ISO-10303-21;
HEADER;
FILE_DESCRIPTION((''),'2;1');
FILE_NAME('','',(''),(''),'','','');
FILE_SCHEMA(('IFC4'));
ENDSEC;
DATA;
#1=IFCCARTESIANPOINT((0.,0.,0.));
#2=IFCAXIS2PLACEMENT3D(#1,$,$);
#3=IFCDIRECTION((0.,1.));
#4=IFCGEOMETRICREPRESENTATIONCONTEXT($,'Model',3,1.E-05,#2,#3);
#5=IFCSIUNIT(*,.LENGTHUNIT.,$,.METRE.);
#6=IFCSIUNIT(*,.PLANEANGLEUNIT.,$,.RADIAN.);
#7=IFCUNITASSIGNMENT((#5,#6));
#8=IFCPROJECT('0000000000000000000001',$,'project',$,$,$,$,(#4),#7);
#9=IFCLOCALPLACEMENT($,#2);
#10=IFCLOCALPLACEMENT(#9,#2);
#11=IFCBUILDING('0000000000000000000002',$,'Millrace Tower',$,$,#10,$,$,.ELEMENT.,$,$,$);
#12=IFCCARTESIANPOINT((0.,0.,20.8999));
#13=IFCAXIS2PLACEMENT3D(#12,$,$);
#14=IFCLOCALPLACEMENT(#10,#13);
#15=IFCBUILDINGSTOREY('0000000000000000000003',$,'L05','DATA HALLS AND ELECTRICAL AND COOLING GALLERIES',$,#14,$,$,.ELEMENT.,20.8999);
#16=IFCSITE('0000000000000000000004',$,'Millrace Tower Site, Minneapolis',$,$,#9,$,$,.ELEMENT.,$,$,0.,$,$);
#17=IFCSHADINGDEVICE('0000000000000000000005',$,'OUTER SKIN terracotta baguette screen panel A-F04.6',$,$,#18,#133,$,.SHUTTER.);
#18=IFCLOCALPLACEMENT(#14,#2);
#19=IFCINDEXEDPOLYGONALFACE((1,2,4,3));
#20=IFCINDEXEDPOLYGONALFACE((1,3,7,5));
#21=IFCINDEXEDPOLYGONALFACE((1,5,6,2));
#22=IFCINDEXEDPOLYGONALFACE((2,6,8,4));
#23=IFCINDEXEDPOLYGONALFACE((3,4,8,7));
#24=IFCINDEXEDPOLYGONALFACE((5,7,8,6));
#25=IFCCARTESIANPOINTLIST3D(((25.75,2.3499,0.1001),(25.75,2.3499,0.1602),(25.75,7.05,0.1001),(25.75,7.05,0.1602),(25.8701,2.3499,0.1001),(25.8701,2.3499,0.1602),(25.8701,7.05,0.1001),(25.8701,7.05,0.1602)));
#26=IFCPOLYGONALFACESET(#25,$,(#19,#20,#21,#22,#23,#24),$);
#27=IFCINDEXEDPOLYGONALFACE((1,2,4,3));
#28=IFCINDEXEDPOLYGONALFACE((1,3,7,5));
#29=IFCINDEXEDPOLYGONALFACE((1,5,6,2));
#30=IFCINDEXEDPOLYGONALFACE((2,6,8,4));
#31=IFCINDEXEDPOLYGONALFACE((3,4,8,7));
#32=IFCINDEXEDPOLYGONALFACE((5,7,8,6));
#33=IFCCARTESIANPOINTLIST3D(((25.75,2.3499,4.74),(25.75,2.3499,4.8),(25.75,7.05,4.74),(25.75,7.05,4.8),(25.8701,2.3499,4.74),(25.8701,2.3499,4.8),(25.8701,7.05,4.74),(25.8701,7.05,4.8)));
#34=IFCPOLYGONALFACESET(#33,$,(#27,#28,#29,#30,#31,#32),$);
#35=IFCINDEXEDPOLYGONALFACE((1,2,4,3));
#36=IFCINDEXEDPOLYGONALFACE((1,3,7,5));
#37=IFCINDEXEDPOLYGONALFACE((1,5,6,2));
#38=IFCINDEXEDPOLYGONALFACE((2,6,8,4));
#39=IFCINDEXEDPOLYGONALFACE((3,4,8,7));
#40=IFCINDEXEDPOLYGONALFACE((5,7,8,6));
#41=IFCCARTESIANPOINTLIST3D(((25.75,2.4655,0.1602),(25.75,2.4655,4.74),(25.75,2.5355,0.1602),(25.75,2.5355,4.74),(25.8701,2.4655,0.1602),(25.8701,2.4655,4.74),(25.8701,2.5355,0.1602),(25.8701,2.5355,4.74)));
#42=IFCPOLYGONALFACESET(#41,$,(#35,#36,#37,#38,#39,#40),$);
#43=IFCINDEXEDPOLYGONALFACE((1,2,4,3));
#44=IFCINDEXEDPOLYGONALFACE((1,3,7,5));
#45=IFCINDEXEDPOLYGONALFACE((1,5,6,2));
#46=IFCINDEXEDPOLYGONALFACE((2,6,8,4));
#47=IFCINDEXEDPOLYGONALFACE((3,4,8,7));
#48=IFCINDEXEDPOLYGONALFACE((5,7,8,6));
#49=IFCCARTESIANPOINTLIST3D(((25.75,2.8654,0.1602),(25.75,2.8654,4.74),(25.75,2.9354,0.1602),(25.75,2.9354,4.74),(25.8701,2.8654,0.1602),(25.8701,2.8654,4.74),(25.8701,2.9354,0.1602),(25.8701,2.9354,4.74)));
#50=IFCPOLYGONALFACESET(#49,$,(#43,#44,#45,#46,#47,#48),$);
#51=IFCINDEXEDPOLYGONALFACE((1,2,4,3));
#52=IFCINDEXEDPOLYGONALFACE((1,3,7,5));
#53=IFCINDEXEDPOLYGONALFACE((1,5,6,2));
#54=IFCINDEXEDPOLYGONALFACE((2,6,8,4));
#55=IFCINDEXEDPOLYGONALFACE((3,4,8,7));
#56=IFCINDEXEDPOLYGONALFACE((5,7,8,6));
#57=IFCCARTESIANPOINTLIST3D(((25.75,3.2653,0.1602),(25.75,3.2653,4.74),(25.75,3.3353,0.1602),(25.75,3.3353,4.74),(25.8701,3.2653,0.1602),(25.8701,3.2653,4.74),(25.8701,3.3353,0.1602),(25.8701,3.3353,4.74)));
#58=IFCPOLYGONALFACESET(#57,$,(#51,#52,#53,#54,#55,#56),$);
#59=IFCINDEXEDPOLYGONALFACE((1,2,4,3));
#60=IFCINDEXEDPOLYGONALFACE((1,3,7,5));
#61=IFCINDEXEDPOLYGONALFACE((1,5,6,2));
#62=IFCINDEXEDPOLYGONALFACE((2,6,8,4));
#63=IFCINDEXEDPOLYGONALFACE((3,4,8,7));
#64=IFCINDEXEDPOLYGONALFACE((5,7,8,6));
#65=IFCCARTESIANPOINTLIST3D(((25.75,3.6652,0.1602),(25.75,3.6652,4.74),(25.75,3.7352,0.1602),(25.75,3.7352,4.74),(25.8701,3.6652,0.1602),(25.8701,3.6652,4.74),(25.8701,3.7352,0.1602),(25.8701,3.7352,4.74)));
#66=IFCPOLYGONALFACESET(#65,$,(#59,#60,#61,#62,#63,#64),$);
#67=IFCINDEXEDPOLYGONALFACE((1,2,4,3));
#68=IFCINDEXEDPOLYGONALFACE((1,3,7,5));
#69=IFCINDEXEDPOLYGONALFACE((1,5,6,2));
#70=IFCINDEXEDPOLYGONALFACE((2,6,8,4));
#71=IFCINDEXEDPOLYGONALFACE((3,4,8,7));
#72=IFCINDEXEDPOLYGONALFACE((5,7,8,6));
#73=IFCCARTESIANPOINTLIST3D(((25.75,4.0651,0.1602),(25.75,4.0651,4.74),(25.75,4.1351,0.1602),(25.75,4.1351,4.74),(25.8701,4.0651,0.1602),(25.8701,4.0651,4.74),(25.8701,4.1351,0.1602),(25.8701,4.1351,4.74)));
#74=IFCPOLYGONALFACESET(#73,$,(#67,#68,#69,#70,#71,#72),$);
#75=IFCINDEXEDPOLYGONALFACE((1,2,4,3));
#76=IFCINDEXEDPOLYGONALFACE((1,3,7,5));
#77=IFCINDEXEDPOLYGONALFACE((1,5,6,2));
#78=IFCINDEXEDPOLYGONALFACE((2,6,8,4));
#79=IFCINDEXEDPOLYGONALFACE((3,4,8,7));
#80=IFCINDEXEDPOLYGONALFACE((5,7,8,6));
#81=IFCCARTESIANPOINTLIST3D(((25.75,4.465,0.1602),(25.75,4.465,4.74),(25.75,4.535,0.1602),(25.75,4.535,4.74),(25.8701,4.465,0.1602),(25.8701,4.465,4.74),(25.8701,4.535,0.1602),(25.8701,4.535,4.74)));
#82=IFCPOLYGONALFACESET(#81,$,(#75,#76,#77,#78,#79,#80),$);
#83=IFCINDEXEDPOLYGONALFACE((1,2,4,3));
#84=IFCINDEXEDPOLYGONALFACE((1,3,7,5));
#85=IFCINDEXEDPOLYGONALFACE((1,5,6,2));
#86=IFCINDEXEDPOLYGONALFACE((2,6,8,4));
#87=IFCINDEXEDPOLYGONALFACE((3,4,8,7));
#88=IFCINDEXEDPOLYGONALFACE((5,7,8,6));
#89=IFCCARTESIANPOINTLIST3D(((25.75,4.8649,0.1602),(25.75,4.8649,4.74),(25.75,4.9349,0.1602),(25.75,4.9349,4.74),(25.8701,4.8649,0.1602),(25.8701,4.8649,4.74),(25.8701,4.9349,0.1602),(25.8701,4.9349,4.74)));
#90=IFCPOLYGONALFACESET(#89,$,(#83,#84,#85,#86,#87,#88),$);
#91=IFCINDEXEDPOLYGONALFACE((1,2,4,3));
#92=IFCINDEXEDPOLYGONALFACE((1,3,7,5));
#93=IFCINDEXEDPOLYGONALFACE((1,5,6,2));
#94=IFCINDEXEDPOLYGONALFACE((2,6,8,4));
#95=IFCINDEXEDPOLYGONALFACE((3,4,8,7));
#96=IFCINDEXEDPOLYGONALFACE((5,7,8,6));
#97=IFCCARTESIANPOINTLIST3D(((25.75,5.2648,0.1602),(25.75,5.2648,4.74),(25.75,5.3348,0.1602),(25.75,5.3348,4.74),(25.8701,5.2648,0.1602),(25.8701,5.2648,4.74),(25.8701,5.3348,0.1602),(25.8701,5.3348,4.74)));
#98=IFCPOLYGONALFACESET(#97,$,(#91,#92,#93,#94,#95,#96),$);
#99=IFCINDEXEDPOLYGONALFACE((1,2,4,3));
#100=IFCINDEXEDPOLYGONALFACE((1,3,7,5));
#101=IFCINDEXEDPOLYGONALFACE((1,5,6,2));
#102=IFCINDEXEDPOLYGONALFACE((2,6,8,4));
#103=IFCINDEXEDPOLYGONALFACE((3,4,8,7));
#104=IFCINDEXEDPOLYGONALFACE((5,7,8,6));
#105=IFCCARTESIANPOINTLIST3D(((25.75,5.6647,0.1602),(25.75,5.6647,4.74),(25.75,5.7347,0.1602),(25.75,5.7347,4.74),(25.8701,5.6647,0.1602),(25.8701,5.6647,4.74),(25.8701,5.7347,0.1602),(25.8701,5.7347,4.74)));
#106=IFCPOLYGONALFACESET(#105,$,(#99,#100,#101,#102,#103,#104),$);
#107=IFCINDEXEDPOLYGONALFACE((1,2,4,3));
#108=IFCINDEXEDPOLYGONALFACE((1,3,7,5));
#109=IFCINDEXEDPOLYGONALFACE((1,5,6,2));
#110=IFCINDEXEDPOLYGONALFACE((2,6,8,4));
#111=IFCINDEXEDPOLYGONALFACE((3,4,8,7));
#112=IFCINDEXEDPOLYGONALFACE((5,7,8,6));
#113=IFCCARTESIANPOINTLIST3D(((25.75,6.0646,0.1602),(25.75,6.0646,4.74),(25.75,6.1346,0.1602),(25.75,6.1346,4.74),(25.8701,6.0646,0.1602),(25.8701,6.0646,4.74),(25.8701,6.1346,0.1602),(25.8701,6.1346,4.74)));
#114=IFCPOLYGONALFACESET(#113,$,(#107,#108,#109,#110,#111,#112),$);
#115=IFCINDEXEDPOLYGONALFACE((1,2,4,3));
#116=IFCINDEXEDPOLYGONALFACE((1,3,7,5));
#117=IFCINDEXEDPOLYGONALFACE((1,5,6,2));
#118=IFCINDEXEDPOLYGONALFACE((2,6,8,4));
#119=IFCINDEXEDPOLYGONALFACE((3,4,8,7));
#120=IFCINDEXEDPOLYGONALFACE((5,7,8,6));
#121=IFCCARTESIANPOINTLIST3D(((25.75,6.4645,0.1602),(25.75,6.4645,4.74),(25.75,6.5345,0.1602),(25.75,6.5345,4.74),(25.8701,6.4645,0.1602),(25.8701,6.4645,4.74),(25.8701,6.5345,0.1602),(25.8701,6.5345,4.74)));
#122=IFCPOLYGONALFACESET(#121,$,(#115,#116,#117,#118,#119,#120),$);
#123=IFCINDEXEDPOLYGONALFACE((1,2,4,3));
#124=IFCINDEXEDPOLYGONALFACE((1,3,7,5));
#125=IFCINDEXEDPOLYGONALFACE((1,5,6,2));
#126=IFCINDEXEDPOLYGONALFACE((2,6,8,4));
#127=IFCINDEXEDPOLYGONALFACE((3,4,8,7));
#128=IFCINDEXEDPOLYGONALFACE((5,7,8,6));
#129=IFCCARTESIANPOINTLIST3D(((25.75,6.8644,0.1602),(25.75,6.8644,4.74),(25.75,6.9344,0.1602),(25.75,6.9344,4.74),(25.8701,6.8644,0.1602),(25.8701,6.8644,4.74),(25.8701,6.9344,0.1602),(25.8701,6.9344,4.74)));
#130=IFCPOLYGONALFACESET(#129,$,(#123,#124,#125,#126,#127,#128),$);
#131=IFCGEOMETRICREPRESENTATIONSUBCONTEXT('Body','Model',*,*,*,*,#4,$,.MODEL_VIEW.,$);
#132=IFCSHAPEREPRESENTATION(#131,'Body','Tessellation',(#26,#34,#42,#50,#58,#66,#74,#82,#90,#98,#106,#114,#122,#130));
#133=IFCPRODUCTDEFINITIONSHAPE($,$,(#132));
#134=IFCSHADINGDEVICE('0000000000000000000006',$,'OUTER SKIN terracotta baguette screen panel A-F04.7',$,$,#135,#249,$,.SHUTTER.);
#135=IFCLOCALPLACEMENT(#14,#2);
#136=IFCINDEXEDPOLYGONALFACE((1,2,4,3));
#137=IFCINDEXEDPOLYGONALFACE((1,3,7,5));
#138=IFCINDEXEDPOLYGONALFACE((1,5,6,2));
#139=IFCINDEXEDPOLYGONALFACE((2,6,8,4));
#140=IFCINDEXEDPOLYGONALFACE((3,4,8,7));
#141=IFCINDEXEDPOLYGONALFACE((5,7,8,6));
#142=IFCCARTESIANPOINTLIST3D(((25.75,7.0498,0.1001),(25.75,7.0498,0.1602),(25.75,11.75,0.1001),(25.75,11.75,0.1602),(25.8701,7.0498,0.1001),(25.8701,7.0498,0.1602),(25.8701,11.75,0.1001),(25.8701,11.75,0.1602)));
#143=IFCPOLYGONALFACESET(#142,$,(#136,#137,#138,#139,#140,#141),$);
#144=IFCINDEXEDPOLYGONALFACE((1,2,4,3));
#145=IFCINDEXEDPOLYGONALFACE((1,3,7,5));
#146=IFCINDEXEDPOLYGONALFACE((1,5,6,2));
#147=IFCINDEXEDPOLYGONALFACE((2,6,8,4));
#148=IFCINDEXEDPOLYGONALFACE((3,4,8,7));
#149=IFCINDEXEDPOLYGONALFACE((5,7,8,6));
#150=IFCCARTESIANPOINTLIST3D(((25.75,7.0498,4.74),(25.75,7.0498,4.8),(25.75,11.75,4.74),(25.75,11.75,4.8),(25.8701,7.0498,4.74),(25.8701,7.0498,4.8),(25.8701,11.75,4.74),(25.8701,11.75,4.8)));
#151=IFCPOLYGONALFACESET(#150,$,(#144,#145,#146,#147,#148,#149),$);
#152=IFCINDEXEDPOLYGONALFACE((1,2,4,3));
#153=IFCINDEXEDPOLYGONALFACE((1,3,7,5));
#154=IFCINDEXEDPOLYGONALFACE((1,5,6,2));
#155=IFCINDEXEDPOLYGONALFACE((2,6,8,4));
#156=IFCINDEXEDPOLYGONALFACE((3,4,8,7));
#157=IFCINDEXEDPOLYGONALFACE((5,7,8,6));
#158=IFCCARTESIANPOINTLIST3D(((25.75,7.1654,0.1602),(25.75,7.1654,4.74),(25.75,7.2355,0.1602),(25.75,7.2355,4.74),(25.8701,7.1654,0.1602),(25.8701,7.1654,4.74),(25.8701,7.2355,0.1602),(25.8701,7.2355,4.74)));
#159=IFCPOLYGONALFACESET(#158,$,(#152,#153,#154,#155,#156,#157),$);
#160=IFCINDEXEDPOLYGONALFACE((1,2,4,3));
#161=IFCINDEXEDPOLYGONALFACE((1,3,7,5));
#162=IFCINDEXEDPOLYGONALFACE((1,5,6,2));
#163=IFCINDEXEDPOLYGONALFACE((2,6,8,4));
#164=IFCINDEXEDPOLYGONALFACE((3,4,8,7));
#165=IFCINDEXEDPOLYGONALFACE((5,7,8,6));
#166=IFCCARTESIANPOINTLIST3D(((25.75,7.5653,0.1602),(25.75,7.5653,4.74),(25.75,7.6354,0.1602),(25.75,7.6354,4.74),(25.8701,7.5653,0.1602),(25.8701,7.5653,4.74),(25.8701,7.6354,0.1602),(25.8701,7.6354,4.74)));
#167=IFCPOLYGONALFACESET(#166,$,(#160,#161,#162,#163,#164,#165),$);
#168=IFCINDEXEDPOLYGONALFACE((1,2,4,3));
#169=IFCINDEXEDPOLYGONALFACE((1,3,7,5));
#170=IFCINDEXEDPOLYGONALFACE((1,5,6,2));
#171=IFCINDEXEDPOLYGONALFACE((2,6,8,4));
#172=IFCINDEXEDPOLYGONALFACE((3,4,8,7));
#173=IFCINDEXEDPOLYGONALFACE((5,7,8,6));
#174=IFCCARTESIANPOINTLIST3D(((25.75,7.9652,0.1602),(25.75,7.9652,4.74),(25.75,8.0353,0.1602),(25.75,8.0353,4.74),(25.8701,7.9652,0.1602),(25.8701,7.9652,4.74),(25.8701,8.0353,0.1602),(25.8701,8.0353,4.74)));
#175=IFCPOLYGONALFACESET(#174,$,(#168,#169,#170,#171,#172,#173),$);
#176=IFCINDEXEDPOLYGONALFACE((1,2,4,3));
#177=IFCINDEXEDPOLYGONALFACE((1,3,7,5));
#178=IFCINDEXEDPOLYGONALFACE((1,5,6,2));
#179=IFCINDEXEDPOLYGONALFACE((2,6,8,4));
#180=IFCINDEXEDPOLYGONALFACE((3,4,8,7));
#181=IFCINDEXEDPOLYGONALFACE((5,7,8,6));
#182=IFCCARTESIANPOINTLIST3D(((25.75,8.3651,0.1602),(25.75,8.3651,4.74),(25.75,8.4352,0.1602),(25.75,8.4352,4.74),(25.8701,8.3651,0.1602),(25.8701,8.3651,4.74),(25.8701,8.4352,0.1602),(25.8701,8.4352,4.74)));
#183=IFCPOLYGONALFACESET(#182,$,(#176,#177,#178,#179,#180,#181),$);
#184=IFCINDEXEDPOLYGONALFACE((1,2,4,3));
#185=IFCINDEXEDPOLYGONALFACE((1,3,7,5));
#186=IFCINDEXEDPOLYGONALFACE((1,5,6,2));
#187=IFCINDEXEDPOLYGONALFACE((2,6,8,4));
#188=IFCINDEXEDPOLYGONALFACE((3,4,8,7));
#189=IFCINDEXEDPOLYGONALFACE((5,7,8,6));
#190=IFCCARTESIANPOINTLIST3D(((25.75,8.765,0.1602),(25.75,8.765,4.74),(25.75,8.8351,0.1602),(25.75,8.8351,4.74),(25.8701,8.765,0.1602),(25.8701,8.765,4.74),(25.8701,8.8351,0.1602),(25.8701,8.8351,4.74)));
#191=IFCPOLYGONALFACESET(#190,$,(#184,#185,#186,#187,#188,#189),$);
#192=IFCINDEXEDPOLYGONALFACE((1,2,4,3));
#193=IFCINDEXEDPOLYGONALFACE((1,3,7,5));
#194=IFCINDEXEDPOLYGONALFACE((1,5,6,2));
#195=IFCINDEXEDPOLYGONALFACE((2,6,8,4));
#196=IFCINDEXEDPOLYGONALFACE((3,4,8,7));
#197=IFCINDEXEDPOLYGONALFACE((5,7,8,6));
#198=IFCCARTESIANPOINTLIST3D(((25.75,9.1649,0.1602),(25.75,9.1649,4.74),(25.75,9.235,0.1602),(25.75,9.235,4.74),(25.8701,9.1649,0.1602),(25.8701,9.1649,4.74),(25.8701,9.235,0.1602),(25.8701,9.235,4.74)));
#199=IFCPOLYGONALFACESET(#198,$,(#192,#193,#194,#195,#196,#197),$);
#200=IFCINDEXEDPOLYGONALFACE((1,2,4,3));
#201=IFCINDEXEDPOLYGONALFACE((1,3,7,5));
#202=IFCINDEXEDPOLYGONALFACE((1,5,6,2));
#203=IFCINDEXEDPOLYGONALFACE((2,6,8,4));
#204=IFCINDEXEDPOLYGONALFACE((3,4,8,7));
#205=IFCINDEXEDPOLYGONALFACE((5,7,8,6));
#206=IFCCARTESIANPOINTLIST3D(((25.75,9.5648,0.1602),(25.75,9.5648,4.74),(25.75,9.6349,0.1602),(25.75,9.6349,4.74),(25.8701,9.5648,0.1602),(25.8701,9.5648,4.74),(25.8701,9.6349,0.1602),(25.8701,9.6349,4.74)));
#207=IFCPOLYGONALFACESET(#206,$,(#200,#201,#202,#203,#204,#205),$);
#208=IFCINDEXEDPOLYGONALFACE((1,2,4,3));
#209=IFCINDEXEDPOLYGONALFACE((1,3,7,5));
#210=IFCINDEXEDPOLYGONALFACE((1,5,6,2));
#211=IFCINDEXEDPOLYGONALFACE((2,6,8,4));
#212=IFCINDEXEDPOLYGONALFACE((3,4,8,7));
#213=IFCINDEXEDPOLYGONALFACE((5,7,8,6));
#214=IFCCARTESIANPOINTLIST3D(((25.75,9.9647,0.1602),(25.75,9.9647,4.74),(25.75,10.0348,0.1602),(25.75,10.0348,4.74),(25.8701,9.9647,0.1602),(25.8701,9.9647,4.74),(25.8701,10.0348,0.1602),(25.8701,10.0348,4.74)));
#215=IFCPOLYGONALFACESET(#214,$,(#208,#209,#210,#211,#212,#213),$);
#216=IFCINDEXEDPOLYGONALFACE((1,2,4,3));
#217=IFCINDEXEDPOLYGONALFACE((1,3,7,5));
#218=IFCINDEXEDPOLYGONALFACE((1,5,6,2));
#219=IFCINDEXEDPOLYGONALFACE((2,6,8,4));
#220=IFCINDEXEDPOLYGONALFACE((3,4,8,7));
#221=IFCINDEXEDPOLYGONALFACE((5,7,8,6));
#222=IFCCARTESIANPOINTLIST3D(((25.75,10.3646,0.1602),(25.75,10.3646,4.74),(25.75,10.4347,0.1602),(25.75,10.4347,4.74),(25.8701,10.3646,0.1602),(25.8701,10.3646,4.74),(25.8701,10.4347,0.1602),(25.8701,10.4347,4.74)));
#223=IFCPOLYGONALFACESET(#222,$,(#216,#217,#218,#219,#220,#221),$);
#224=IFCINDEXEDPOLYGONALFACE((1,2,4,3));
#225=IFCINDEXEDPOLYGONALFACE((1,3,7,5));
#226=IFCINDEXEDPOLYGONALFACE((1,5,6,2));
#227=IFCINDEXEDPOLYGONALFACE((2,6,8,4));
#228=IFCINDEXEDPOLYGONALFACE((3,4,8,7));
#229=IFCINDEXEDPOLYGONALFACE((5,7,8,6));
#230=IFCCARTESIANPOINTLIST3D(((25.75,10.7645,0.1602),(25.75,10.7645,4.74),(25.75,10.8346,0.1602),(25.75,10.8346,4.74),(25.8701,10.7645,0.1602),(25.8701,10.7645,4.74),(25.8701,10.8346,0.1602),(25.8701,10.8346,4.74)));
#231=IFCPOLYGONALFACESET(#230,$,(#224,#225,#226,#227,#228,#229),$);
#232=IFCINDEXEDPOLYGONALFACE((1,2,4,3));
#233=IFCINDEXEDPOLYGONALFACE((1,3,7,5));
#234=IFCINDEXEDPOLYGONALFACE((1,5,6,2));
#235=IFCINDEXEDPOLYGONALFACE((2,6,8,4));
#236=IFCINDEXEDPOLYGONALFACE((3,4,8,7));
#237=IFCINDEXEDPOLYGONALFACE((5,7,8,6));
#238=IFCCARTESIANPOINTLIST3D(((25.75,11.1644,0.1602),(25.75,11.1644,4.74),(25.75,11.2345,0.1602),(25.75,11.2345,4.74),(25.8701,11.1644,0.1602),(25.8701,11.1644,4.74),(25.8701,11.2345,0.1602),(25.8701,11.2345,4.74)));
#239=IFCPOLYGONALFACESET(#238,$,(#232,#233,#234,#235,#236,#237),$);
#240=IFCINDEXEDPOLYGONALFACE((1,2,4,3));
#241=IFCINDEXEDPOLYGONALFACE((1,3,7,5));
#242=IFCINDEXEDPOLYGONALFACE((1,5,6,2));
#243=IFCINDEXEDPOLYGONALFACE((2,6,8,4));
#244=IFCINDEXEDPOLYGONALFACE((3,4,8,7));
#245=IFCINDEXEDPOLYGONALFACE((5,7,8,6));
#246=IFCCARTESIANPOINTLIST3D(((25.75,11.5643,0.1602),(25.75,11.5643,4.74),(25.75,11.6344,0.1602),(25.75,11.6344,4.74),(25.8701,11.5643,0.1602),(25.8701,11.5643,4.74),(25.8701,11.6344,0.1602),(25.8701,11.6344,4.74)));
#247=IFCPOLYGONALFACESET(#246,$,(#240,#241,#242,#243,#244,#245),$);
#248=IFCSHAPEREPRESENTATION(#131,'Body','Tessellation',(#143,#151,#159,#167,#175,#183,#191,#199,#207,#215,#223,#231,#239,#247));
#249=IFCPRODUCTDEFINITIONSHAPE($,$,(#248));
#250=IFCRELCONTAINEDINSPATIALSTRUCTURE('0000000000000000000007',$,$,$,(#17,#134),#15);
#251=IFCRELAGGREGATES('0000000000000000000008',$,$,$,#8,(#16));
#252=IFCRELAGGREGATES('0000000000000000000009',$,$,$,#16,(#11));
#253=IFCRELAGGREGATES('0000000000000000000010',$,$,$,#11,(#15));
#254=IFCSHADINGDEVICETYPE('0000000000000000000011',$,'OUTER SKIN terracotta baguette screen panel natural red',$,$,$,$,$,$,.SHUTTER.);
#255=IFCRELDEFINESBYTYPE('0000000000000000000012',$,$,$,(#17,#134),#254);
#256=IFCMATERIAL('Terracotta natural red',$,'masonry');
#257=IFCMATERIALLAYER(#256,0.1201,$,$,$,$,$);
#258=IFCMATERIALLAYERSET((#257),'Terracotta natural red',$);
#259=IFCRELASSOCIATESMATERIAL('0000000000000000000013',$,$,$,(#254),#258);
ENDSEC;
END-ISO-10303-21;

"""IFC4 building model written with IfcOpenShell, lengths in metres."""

from ifc_helpers import new_model, entity, si_unit, direction, frame, frame_2d, origin, place, context, subcontext, project, spatial, rectangle, extrude, source, transform, mapped, material, layer, layer_set, type_object, element, save


model = new_model("IFC4")

# Units and contexts
model_context = context("Model", 3, precision=1e-05, world=origin(), true_north=direction((0.0, 1.0)))
body_context = subcontext(model_context, "Body", "Model", "MODEL_VIEW")
ifc_project = project(units=[si_unit("LENGTHUNIT", "METRE"), si_unit("PLANEANGLEUNIT", "RADIAN")], contexts=[model_context])

# Site, building, storey
site_placement = place(None, origin())
site = spatial("IfcSite", under=ifc_project, at=site_placement, Name="Millrace Tower Site, Minneapolis", CompositionType="ELEMENT", RefElevation=0.0)
building_placement = place(site_placement, origin())
building = spatial("IfcBuilding", under=site, at=building_placement, Name="Millrace Tower", CompositionType="ELEMENT")
storey_placement = place(building_placement, frame((0.0, 0.0, 20.8999)))
storey = spatial("IfcBuildingStorey", under=building, at=storey_placement, Name="L05", Description="DATA HALLS AND ELECTRICAL AND COOLING GALLERIES", CompositionType="ELEMENT", Elevation=20.8999)

# Shading devices
cartesian_point = entity("IfcCartesianPoint", [-2.3501, 0.0601])
shared_polyline = entity("IfcPolyline", [cartesian_point, entity("IfcCartesianPoint", [2.3501, 0.0601]), entity("IfcCartesianPoint", [2.3501, -0.0601]), entity("IfcCartesianPoint", [-2.3501, -0.0601]), cartesian_point])
ifc_material_1 = material(Name="Terracotta natural red", Category="masonry")
ifc_layer_1 = layer(ifc_material_1, 0.1201)
ifc_layer_set_1 = layer_set([ifc_layer_1], Name="Terracotta natural red")
shading_device_type_1 = type_object("IfcShadingDeviceType", Name="OUTER SKIN terracotta baguette screen panel natural red", PredefinedType="SHUTTER", material=ifc_layer_set_1)
shared_shape_1 = source(origin(), body_context, "Body", "SweptSolid", [
    entity("IfcExtrudedAreaSolid", entity("IfcArbitraryClosedProfileDef", "AREA", None, shared_polyline), entity("IfcAxis2Placement3D", entity("IfcCartesianPoint", [0.0, 0.0, 0.0])), entity("IfcDirection", [0.0, 0.0, 1.0]), 0.0601),
    entity("IfcExtrudedAreaSolid", entity("IfcArbitraryClosedProfileDef", "AREA", None, shared_polyline), entity("IfcAxis2Placement3D", entity("IfcCartesianPoint", [0.0, 0.0, 4.6399])), entity("IfcDirection", [0.0, 0.0, 1.0]), 0.0601),
    extrude(rectangle(XDim=0.0701, YDim=0.1201, at=frame_2d((-2.1995, 0.0))), frame((0.0, 0.0, 0.0601)), (0.0, 0.0, 1.0), 4.5798),
    extrude(rectangle(XDim=0.0701, YDim=0.1201, at=frame_2d((-1.7996, 0.0))), frame((0.0, 0.0, 0.0601)), (0.0, 0.0, 1.0), 4.5798),
    extrude(rectangle(XDim=0.0701, YDim=0.1201, at=frame_2d((-1.3997, 0.0))), frame((0.0, 0.0, 0.0601)), (0.0, 0.0, 1.0), 4.5798),
    extrude(rectangle(XDim=0.0701, YDim=0.1201, at=frame_2d((-0.9998, 0.0))), frame((0.0, 0.0, 0.0601)), (0.0, 0.0, 1.0), 4.5798),
    extrude(rectangle(XDim=0.0701, YDim=0.1201, at=frame_2d((-0.5999, 0.0))), frame((0.0, 0.0, 0.0601)), (0.0, 0.0, 1.0), 4.5798),
    extrude(rectangle(XDim=0.0701, YDim=0.1201, at=frame_2d((-0.2, 0.0))), frame((0.0, 0.0, 0.0601)), (0.0, 0.0, 1.0), 4.5798),
    extrude(rectangle(XDim=0.0701, YDim=0.1201, at=frame_2d((0.2, 0.0))), frame((0.0, 0.0, 0.0601)), (0.0, 0.0, 1.0), 4.5798),
    extrude(rectangle(XDim=0.0701, YDim=0.1201, at=frame_2d((0.5999, 0.0))), frame((0.0, 0.0, 0.0601)), (0.0, 0.0, 1.0), 4.5798),
    extrude(rectangle(XDim=0.0701, YDim=0.1201, at=frame_2d((0.9998, 0.0))), frame((0.0, 0.0, 0.0601)), (0.0, 0.0, 1.0), 4.5798),
    extrude(rectangle(XDim=0.0701, YDim=0.1201, at=frame_2d((1.3997, 0.0))), frame((0.0, 0.0, 0.0601)), (0.0, 0.0, 1.0), 4.5798),
    extrude(rectangle(XDim=0.0701, YDim=0.1201, at=frame_2d((1.7996, 0.0))), frame((0.0, 0.0, 0.0601)), (0.0, 0.0, 1.0), 4.5798),
    extrude(rectangle(XDim=0.0701, YDim=0.1201, at=frame_2d((2.1995, 0.0))), frame((0.0, 0.0, 0.0601)), (0.0, 0.0, 1.0), 4.5798),
])
for number, where, z_axis, x_axis, name in (
    (1, (25.8101, 4.7, 0.1001), (0.0, 0.0, 1.0), (0.0, 1.0, 0.0), "OUTER SKIN terracotta baguette screen panel A-F04.6"),
    (2, (25.8101, 9.3999, 0.1001), (0.0, 0.0, 1.0), (0.0, 1.0, 0.0), "OUTER SKIN terracotta baguette screen panel A-F04.7"),
):
    element("IfcShadingDevice", number, at=place(storey_placement, frame(where, z_axis=z_axis, x_axis=x_axis)), inside=storey, type_object=shading_device_type_1, Name=name, PredefinedType="SHUTTER", context=body_context, shape_type="MappedRepresentation", body=[
        mapped(shared_shape_1, transform((0.0, 0.0, 0.0), scale=1.0)),
    ])

save(model, "model.ifc")
